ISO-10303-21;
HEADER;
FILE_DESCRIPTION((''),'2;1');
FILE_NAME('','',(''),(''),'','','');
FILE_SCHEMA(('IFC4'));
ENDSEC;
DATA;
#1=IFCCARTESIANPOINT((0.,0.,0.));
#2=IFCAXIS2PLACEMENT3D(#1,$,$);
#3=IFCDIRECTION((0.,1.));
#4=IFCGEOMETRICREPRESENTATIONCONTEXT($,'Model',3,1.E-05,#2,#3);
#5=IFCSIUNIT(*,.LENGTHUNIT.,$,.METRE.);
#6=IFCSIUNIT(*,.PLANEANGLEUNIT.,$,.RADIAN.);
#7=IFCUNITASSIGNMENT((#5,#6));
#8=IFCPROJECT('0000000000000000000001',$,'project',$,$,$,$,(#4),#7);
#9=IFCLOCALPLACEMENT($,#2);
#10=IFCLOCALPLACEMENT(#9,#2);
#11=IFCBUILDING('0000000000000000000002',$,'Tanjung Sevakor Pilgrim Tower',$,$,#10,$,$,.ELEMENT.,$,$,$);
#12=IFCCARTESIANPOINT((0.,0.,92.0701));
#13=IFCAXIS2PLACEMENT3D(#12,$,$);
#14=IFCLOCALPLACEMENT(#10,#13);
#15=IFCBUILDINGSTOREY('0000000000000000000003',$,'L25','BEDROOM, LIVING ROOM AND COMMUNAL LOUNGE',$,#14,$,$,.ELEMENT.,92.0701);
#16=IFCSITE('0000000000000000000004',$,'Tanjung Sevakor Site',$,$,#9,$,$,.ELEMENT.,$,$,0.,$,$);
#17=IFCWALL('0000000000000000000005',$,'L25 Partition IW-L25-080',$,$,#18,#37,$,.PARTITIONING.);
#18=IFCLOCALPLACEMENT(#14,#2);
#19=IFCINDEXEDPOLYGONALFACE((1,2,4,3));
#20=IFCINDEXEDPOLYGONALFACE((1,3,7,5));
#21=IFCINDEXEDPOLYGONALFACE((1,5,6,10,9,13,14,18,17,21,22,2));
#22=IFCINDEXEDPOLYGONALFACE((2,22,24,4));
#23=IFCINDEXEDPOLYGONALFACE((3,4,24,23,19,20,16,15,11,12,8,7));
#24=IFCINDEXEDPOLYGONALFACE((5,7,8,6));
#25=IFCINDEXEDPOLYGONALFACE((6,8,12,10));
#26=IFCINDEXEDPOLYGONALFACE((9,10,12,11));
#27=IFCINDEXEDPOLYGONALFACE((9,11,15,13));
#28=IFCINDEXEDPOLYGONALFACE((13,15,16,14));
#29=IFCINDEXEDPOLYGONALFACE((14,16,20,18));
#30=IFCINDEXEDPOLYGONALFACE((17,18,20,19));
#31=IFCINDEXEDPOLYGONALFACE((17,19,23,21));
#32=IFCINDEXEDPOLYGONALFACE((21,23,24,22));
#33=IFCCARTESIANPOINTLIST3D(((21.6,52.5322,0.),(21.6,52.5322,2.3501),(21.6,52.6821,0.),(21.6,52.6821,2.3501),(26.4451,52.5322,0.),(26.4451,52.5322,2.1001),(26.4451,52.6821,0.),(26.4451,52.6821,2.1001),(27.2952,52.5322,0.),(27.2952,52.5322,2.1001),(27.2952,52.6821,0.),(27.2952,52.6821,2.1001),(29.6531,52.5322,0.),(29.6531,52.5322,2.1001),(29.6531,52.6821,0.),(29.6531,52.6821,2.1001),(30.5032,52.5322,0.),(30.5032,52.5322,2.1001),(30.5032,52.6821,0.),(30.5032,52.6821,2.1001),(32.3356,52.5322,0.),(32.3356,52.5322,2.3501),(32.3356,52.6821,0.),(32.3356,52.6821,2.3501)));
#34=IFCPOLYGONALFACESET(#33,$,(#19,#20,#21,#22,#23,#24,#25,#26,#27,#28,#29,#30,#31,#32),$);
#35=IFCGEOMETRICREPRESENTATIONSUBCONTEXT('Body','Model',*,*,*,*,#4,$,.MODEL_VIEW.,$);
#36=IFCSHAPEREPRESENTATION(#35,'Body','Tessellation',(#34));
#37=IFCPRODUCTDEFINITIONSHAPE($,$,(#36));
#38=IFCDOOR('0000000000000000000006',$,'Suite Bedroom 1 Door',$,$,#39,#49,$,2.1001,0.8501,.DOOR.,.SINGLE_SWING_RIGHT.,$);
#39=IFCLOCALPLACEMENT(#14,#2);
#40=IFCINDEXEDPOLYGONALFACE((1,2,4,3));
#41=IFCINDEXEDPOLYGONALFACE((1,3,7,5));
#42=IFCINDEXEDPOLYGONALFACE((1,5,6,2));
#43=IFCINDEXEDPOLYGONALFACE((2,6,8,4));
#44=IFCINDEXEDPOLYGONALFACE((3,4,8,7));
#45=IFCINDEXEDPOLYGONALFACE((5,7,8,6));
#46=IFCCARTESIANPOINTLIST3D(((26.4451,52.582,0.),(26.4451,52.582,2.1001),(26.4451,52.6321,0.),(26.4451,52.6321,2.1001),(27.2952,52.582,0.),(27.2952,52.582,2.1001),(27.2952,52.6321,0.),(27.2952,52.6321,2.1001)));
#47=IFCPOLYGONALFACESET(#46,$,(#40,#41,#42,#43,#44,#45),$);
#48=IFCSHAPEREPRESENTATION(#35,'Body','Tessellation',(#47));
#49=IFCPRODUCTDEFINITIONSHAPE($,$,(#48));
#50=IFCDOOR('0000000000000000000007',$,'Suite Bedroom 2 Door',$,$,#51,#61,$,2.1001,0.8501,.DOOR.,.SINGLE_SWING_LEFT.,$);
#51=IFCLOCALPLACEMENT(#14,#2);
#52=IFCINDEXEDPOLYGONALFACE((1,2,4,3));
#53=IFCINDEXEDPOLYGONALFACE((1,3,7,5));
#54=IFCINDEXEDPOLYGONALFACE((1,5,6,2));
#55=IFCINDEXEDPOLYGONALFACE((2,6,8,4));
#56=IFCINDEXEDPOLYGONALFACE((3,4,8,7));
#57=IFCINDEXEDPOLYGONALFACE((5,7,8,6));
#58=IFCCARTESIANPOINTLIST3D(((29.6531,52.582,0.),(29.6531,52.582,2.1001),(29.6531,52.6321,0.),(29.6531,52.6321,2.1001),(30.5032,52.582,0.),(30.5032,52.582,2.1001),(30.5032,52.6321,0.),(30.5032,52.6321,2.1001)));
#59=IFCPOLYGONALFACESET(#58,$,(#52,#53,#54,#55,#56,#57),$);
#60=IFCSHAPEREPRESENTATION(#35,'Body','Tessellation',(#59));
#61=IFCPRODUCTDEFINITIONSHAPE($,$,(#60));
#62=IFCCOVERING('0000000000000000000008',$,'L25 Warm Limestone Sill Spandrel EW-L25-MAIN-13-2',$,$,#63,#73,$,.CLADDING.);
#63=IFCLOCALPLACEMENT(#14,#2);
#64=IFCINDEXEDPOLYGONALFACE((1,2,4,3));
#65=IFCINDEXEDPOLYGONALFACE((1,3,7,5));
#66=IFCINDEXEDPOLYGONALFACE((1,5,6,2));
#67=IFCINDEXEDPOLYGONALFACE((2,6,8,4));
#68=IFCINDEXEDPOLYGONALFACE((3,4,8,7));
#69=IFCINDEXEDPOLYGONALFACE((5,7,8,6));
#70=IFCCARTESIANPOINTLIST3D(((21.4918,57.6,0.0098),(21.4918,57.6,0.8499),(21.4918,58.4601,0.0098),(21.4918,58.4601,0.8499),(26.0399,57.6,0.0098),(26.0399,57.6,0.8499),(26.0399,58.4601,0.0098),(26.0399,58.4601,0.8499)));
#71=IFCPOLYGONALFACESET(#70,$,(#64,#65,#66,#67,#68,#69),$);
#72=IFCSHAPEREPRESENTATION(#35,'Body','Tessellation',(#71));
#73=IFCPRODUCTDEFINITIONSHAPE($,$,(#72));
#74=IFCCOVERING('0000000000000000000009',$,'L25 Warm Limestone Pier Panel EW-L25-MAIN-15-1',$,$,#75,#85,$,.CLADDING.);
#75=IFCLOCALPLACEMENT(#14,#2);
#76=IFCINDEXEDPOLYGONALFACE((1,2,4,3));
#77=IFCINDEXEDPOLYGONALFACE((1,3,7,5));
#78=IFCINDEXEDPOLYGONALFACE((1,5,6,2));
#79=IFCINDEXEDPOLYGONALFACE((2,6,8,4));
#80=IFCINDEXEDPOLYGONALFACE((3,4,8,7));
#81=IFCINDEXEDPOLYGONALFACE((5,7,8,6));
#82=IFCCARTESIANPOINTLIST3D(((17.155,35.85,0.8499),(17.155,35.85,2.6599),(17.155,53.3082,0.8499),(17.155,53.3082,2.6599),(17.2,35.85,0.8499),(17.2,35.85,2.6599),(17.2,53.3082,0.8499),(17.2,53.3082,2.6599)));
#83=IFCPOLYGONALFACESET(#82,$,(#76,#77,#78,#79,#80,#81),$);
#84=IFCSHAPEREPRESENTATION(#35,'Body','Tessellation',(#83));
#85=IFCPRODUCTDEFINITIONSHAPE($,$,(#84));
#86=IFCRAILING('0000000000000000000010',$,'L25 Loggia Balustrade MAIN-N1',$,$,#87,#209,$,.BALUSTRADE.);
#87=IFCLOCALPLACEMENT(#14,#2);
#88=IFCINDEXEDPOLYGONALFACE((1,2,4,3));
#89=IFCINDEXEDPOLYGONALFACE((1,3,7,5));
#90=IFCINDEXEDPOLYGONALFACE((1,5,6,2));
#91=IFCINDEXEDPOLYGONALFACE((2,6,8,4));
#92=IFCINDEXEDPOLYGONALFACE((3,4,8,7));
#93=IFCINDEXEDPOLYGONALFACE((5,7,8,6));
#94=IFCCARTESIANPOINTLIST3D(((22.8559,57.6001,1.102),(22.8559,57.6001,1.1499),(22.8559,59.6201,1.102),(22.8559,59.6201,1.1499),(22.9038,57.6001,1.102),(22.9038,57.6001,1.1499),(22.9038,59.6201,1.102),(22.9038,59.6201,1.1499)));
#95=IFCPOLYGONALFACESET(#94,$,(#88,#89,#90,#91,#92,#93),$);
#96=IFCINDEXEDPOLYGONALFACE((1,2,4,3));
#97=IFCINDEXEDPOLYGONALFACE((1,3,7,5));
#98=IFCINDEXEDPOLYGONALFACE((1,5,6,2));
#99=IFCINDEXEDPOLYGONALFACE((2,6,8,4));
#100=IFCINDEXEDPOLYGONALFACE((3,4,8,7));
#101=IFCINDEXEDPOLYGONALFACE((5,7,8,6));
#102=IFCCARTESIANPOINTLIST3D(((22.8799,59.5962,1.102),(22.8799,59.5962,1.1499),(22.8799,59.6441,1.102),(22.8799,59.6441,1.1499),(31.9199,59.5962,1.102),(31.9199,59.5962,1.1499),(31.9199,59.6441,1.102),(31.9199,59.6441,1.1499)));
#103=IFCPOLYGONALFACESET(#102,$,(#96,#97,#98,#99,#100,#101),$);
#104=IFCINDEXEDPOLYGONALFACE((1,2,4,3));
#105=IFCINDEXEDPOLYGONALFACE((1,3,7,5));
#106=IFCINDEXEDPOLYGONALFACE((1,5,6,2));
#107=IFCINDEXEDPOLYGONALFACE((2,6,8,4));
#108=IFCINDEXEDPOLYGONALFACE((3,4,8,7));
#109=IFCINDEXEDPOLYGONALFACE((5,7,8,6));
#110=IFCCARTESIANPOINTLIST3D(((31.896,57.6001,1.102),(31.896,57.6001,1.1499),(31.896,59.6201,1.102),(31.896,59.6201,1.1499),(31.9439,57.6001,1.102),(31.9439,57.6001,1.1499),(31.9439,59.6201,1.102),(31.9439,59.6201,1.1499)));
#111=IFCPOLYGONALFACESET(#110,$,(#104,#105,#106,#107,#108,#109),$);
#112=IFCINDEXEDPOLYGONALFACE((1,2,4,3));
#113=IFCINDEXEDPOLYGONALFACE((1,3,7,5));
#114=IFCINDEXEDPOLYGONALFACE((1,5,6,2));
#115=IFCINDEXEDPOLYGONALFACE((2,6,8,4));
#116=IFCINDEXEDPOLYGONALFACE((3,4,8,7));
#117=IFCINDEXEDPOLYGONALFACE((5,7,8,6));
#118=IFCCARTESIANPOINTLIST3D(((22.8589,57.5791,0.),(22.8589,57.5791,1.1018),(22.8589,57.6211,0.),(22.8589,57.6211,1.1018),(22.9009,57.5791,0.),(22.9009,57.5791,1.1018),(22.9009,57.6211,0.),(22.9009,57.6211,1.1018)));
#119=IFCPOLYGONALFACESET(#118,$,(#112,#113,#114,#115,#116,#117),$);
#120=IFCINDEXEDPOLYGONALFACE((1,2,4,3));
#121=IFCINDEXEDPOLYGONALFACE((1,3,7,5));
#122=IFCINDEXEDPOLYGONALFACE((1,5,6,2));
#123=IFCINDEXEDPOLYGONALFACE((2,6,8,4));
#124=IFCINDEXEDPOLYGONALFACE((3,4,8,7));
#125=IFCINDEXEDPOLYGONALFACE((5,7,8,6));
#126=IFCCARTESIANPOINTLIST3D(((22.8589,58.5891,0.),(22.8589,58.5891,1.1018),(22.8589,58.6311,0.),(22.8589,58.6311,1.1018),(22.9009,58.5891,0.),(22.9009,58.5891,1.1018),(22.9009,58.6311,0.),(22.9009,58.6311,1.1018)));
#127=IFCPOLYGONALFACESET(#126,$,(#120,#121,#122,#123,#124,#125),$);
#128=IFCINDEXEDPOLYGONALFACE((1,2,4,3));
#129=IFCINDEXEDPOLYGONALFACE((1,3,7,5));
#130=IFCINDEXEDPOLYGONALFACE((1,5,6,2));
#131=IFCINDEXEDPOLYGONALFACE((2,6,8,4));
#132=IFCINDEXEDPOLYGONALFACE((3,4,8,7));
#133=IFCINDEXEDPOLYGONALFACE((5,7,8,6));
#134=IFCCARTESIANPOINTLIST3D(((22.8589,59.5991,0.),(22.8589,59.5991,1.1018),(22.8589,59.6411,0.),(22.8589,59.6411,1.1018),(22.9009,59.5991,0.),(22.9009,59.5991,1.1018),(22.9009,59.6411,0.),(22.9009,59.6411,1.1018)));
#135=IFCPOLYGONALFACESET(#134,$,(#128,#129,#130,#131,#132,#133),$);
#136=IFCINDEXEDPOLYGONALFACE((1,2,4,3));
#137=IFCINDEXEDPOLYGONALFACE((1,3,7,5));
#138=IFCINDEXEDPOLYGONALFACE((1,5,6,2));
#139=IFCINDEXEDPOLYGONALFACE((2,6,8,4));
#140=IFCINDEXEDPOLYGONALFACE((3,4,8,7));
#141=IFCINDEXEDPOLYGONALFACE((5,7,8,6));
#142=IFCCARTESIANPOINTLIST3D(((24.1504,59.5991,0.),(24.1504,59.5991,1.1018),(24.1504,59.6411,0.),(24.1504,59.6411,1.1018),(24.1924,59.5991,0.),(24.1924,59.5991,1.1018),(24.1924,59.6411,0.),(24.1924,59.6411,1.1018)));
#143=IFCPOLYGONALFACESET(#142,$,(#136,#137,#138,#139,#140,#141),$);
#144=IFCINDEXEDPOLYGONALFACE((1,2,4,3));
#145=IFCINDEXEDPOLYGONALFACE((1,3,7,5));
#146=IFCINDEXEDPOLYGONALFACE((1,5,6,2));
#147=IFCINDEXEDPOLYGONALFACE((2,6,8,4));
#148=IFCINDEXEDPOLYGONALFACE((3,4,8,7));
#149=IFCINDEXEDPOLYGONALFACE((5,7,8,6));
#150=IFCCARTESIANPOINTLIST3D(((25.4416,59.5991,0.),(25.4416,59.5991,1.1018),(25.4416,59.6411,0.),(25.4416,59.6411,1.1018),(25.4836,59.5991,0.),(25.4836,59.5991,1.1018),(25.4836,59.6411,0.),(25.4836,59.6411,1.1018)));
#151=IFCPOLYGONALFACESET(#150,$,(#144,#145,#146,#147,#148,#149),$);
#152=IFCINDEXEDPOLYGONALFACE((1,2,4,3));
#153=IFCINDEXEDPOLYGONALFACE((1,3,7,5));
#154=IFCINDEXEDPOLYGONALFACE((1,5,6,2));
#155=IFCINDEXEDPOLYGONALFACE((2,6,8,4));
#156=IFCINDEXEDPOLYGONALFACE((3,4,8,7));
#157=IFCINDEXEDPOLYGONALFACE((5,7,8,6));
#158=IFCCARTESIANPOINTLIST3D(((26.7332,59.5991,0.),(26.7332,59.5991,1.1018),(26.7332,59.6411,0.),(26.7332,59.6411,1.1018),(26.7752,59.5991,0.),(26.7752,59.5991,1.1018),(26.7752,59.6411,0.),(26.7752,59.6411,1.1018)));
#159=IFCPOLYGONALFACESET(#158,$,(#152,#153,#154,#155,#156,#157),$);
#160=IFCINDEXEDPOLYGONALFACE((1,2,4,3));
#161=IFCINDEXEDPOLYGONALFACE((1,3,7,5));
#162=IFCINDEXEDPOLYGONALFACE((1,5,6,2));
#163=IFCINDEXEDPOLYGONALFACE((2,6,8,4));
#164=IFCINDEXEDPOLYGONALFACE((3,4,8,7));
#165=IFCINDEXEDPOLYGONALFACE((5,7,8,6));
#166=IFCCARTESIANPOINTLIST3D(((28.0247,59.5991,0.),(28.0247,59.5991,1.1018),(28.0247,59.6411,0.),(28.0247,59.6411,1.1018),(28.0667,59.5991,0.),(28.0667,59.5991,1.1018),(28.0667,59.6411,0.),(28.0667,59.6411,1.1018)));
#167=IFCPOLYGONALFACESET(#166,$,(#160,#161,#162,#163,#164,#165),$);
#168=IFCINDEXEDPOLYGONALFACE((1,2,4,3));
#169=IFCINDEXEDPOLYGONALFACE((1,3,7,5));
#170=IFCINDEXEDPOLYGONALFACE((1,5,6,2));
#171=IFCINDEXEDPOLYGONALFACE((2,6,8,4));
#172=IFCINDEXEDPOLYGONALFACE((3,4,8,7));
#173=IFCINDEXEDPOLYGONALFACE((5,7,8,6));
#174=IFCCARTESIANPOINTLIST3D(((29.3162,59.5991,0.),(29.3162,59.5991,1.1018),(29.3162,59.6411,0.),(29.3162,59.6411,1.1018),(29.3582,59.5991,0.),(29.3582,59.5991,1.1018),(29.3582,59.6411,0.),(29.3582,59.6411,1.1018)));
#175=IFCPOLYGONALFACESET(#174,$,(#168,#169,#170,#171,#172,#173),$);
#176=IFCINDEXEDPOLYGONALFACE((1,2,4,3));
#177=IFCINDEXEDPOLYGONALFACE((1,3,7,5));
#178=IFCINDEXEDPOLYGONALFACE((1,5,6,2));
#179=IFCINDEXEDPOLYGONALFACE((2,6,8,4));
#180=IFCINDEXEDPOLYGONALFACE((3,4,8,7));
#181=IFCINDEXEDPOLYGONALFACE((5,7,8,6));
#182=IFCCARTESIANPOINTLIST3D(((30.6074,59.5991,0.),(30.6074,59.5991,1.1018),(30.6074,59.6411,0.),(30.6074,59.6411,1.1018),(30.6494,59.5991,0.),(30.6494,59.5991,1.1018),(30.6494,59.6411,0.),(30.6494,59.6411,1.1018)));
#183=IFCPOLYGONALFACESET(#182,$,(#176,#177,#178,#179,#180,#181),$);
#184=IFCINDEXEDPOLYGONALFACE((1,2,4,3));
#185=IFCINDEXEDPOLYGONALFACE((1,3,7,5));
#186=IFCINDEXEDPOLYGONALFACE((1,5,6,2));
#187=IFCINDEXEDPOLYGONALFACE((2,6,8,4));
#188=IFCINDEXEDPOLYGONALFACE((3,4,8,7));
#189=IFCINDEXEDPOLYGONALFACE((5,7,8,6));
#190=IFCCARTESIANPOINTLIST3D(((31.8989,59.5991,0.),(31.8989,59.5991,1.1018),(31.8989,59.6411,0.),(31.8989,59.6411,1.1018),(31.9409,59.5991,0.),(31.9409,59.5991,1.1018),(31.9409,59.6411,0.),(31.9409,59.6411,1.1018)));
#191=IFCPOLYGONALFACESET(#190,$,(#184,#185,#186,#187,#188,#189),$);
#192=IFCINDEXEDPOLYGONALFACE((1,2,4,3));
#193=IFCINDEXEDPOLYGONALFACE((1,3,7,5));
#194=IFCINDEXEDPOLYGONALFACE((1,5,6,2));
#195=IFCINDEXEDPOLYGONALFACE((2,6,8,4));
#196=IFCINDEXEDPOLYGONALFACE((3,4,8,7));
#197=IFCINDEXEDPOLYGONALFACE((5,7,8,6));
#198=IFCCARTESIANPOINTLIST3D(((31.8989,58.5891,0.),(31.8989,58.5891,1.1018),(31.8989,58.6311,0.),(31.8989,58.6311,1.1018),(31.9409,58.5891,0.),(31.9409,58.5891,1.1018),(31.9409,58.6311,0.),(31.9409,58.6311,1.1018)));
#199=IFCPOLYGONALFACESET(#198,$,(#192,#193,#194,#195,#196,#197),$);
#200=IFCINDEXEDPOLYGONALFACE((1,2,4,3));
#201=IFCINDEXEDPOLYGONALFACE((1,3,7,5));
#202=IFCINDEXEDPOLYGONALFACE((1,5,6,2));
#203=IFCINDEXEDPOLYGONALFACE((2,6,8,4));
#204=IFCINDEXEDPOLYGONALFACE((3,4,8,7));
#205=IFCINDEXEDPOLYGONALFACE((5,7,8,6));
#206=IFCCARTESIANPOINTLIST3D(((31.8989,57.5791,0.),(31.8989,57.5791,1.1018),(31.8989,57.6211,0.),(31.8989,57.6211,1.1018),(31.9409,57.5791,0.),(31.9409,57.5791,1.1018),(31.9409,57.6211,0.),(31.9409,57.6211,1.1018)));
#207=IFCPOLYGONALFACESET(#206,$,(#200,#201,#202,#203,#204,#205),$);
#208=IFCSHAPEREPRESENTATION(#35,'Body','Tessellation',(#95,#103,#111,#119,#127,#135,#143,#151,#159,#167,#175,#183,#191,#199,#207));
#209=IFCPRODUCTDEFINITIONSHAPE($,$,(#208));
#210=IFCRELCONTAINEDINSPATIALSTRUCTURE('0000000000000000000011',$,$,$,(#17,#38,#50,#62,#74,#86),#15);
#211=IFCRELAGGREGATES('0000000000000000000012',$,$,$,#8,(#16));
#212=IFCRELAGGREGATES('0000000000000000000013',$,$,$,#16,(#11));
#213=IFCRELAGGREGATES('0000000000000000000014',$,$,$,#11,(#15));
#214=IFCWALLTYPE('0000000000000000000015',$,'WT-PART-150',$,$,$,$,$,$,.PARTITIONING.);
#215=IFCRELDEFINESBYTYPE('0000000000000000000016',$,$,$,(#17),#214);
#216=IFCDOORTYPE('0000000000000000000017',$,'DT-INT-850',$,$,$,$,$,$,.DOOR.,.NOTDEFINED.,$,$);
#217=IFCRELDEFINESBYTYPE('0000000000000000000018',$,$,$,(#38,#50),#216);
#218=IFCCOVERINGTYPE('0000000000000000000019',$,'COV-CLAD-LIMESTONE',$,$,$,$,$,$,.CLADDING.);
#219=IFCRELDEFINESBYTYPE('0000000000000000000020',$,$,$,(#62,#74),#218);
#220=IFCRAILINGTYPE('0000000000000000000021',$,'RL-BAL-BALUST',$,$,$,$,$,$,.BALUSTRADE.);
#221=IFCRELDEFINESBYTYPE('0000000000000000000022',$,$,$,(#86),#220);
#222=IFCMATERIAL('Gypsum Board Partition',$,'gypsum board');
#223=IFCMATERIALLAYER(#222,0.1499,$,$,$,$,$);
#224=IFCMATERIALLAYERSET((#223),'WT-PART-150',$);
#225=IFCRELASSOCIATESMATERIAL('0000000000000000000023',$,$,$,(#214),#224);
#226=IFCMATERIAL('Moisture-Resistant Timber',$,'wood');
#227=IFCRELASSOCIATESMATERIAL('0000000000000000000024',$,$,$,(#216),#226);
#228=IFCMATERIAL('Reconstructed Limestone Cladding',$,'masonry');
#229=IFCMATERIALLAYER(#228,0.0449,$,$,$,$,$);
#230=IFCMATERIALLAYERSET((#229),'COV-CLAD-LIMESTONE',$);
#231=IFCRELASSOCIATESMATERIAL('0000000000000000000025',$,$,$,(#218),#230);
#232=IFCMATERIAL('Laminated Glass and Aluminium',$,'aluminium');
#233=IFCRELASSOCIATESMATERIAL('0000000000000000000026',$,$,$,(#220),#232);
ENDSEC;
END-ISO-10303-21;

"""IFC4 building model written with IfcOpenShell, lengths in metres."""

from ifc_helpers import new_model, si_unit, direction, frame, frame_2d, origin, origin_2d, place, context, subcontext, project, spatial, rectangle, extrude, material, layer, layer_set, type_object, element, fill, save


model = new_model("IFC4")

# Units and contexts
model_context = context("Model", 3, precision=1e-05, world=origin(), true_north=direction((0.0, 1.0)))
body_context = subcontext(model_context, "Body", "Model", "MODEL_VIEW")
ifc_project = project(units=[si_unit("LENGTHUNIT", "METRE"), si_unit("PLANEANGLEUNIT", "RADIAN")], contexts=[model_context])

# Site, building, storey
site_placement = place(None, origin())
site = spatial("IfcSite", under=ifc_project, at=site_placement, Name="Tanjung Sevakor Site", CompositionType="ELEMENT", RefElevation=0.0)
building_placement = place(site_placement, origin())
building = spatial("IfcBuilding", under=site, at=building_placement, Name="Tanjung Sevakor Pilgrim Tower", CompositionType="ELEMENT")
storey_placement = place(building_placement, frame((0.0, 0.0, 92.0701)))
storey = spatial("IfcBuildingStorey", under=building, at=storey_placement, Name="L25", Description="BEDROOM, LIVING ROOM AND COMMUNAL LOUNGE", CompositionType="ELEMENT", Elevation=92.0701)

# Shared definitions
ifc_material_1 = material(Name="Gypsum Board Partition", Category="gypsum board")
ifc_layer_1 = layer(ifc_material_1, 0.1499)
ifc_layer_set_1 = layer_set([ifc_layer_1], Name="WT-PART-150")
wall_type_1 = type_object("IfcWallType", Name="WT-PART-150", PredefinedType="PARTITIONING", material=ifc_layer_set_1)

# Shared definitions
ifc_material_2 = material(Name="Moisture-Resistant Timber", Category="wood")
door_type_1 = type_object("IfcDoorType", Name="DT-INT-850", OperationType="NOTDEFINED", PredefinedType="DOOR", material=ifc_material_2)

# Wall, openings, doors
wall_1_placement = place(storey_placement, frame((21.6001, 52.6072, 0.0), z_axis=(0.0, 0.0, 1.0), x_axis=(1.0, 0.0, 0.0)))
wall_1 = element("IfcWall", 1, at=wall_1_placement, inside=storey, type_object=wall_type_1, Name="L25 Partition IW-L25-080", PredefinedType="PARTITIONING", context=body_context, shape_type="SweptSolid", body=[
    extrude(rectangle(XDim=10.7356, YDim=0.1499, at=frame_2d((5.3677, 0.0))), origin(), (0.0, 0.0, 1.0), 2.3501),
])
opening_1_placement = place(wall_1_placement, frame((4.845, 0.0, 0.0)))
opening_1 = element("IfcOpeningElement", 2, at=opening_1_placement, cuts=wall_1, PredefinedType="OPENING", context=body_context, shape_type="SweptSolid", body=[
    extrude(rectangle(XDim=0.8501, YDim=2.1001, at=frame_2d((0.425, 1.05))), frame((0.0, 0.085, 0.0), z_axis=(0.0, -1.0, 0.0), x_axis=(1.0, 0.0, 0.0)), (0.0, 0.0, 1.0), 0.1699),
])
opening_2_placement = place(wall_1_placement, frame((8.053, 0.0, 0.0)))
opening_2 = element("IfcOpeningElement", 3, at=opening_2_placement, cuts=wall_1, PredefinedType="OPENING", context=body_context, shape_type="SweptSolid", body=[
    extrude(rectangle(XDim=0.8501, YDim=2.1001, at=frame_2d((0.425, 1.05))), frame((0.0, 0.085, 0.0), z_axis=(0.0, -1.0, 0.0), x_axis=(1.0, 0.0, 0.0)), (0.0, 0.0, 1.0), 0.1699),
])
door_1_placement = place(opening_1_placement, origin())
door_1 = element("IfcDoor", 4, at=door_1_placement, inside=storey, type_object=door_type_1, Name="Suite Bedroom 1 Door", OperationType="SINGLE_SWING_RIGHT", OverallHeight=2.1001, OverallWidth=0.8501, PredefinedType="DOOR", context=body_context, shape_type="SweptSolid", body=[
    extrude(rectangle(XDim=0.8501, YDim=2.1001, at=frame_2d((0.425, 1.05))), frame((0.0, 0.0249, 0.0), z_axis=(0.0, -1.0, 0.0), x_axis=(1.0, 0.0, 0.0)), (0.0, 0.0, 1.0), 0.05),
])
fill(opening_1, door_1)
door_2_placement = place(opening_2_placement, origin())
door_2 = element("IfcDoor", 5, at=door_2_placement, inside=storey, type_object=door_type_1, Name="Suite Bedroom 2 Door", OperationType="SINGLE_SWING_LEFT", OverallHeight=2.1001, OverallWidth=0.8501, PredefinedType="DOOR", context=body_context, shape_type="SweptSolid", body=[
    extrude(rectangle(XDim=0.8501, YDim=2.1001, at=frame_2d((0.425, 1.05))), frame((0.0, 0.0249, 0.0), z_axis=(0.0, -1.0, 0.0), x_axis=(1.0, 0.0, 0.0)), (0.0, 0.0, 1.0), 0.05),
])
fill(opening_2, door_2)

# Coverings
ifc_material_3 = material(Name="Reconstructed Limestone Cladding", Category="masonry")
ifc_layer_2 = layer(ifc_material_3, 0.0449)
ifc_layer_set_2 = layer_set([ifc_layer_2], Name="COV-CLAD-LIMESTONE")
covering_type = type_object("IfcCoveringType", Name="COV-CLAD-LIMESTONE", PredefinedType="CLADDING", material=ifc_layer_set_2)
covering_1_placement = place(storey_placement, frame((23.7659, 58.03, 0.0098), z_axis=(0.0, 0.0, 1.0), x_axis=(-1.0, 0.0, 0.0)))
element("IfcCovering", 6, at=covering_1_placement, inside=storey, type_object=covering_type, Name="L25 Warm Limestone Sill Spandrel EW-L25-MAIN-13-2", PredefinedType="CLADDING", context=body_context, shape_type="SweptSolid", body=[
    extrude(rectangle(XDim=4.5481, YDim=0.8601, at=origin_2d()), origin(), (0.0, 0.0, 1.0), 0.8401),
])
covering_2_placement = place(storey_placement, frame((17.1775, 44.5791, 0.8499), z_axis=(0.0, 0.0, 1.0), x_axis=(0.0, -1.0, 0.0)))
element("IfcCovering", 7, at=covering_2_placement, inside=storey, type_object=covering_type, Name="L25 Warm Limestone Pier Panel EW-L25-MAIN-15-1", PredefinedType="CLADDING", context=body_context, shape_type="SweptSolid", body=[
    extrude(rectangle(XDim=17.4583, YDim=0.0449, at=origin_2d()), origin(), (0.0, 0.0, 1.0), 1.8101),
])

# Railing
ifc_material_4 = material(Name="Laminated Glass and Aluminium", Category="aluminium")
railing_type_1 = type_object("IfcRailingType", Name="RL-BAL-BALUST", PredefinedType="BALUSTRADE", material=ifc_material_4)
railing_1_placement = place(storey_placement, frame((22.8799, 57.6001, 0.0)))
element("IfcRailing", 8, at=railing_1_placement, inside=storey, type_object=railing_type_1, Name="L25 Loggia Balustrade MAIN-N1", PredefinedType="BALUSTRADE", context=body_context, shape_type="SweptSolid", body=[
    extrude(rectangle(XDim=0.0479, YDim=0.0479), frame((0.0, 0.0, 1.126), z_axis=(0.0, 1.0, 0.0), x_axis=(-1.0, 0.0, 0.0)), (0.0, 0.0, 1.0), 2.02),
    extrude(rectangle(XDim=0.0479, YDim=0.0479), frame((0.0, 2.02, 1.126), z_axis=(1.0, 0.0, 0.0), x_axis=(0.0, 1.0, 0.0)), (0.0, 0.0, 1.0), 9.04),
    extrude(rectangle(XDim=0.0479, YDim=0.0479), frame((9.04, 2.02, 1.126), z_axis=(0.0, -1.0, 0.0), x_axis=(1.0, 0.0, 0.0)), (0.0, 0.0, 1.0), 2.02),
    extrude(rectangle(XDim=0.042, YDim=0.042), origin(), (0.0, 0.0, 1.0), 1.1018),
    extrude(rectangle(XDim=0.042, YDim=0.042), frame((0.0, 1.01, 0.0)), (0.0, 0.0, 1.0), 1.1018),
    extrude(rectangle(XDim=0.042, YDim=0.042), frame((0.0, 2.02, 0.0)), (0.0, 0.0, 1.0), 1.1018),
    extrude(rectangle(XDim=0.042, YDim=0.042), frame((1.2915, 2.02, 0.0)), (0.0, 0.0, 1.0), 1.1018),
    extrude(rectangle(XDim=0.042, YDim=0.042), frame((2.5828, 2.02, 0.0)), (0.0, 0.0, 1.0), 1.1018),
    extrude(rectangle(XDim=0.042, YDim=0.042), frame((3.8743, 2.02, 0.0)), (0.0, 0.0, 1.0), 1.1018),
    extrude(rectangle(XDim=0.042, YDim=0.042), frame((5.1658, 2.02, 0.0)), (0.0, 0.0, 1.0), 1.1018),
    extrude(rectangle(XDim=0.042, YDim=0.042), frame((6.4573, 2.02, 0.0)), (0.0, 0.0, 1.0), 1.1018),
    extrude(rectangle(XDim=0.042, YDim=0.042), frame((7.7485, 2.02, 0.0)), (0.0, 0.0, 1.0), 1.1018),
    extrude(rectangle(XDim=0.042, YDim=0.042), frame((9.04, 2.02, 0.0)), (0.0, 0.0, 1.0), 1.1018),
    extrude(rectangle(XDim=0.042, YDim=0.042), frame((9.04, 1.01, 0.0)), (0.0, 0.0, 1.0), 1.1018),
    extrude(rectangle(XDim=0.042, YDim=0.042), frame((9.04, 0.0, 0.0)), (0.0, 0.0, 1.0), 1.1018),
])

save(model, "model.ifc")
